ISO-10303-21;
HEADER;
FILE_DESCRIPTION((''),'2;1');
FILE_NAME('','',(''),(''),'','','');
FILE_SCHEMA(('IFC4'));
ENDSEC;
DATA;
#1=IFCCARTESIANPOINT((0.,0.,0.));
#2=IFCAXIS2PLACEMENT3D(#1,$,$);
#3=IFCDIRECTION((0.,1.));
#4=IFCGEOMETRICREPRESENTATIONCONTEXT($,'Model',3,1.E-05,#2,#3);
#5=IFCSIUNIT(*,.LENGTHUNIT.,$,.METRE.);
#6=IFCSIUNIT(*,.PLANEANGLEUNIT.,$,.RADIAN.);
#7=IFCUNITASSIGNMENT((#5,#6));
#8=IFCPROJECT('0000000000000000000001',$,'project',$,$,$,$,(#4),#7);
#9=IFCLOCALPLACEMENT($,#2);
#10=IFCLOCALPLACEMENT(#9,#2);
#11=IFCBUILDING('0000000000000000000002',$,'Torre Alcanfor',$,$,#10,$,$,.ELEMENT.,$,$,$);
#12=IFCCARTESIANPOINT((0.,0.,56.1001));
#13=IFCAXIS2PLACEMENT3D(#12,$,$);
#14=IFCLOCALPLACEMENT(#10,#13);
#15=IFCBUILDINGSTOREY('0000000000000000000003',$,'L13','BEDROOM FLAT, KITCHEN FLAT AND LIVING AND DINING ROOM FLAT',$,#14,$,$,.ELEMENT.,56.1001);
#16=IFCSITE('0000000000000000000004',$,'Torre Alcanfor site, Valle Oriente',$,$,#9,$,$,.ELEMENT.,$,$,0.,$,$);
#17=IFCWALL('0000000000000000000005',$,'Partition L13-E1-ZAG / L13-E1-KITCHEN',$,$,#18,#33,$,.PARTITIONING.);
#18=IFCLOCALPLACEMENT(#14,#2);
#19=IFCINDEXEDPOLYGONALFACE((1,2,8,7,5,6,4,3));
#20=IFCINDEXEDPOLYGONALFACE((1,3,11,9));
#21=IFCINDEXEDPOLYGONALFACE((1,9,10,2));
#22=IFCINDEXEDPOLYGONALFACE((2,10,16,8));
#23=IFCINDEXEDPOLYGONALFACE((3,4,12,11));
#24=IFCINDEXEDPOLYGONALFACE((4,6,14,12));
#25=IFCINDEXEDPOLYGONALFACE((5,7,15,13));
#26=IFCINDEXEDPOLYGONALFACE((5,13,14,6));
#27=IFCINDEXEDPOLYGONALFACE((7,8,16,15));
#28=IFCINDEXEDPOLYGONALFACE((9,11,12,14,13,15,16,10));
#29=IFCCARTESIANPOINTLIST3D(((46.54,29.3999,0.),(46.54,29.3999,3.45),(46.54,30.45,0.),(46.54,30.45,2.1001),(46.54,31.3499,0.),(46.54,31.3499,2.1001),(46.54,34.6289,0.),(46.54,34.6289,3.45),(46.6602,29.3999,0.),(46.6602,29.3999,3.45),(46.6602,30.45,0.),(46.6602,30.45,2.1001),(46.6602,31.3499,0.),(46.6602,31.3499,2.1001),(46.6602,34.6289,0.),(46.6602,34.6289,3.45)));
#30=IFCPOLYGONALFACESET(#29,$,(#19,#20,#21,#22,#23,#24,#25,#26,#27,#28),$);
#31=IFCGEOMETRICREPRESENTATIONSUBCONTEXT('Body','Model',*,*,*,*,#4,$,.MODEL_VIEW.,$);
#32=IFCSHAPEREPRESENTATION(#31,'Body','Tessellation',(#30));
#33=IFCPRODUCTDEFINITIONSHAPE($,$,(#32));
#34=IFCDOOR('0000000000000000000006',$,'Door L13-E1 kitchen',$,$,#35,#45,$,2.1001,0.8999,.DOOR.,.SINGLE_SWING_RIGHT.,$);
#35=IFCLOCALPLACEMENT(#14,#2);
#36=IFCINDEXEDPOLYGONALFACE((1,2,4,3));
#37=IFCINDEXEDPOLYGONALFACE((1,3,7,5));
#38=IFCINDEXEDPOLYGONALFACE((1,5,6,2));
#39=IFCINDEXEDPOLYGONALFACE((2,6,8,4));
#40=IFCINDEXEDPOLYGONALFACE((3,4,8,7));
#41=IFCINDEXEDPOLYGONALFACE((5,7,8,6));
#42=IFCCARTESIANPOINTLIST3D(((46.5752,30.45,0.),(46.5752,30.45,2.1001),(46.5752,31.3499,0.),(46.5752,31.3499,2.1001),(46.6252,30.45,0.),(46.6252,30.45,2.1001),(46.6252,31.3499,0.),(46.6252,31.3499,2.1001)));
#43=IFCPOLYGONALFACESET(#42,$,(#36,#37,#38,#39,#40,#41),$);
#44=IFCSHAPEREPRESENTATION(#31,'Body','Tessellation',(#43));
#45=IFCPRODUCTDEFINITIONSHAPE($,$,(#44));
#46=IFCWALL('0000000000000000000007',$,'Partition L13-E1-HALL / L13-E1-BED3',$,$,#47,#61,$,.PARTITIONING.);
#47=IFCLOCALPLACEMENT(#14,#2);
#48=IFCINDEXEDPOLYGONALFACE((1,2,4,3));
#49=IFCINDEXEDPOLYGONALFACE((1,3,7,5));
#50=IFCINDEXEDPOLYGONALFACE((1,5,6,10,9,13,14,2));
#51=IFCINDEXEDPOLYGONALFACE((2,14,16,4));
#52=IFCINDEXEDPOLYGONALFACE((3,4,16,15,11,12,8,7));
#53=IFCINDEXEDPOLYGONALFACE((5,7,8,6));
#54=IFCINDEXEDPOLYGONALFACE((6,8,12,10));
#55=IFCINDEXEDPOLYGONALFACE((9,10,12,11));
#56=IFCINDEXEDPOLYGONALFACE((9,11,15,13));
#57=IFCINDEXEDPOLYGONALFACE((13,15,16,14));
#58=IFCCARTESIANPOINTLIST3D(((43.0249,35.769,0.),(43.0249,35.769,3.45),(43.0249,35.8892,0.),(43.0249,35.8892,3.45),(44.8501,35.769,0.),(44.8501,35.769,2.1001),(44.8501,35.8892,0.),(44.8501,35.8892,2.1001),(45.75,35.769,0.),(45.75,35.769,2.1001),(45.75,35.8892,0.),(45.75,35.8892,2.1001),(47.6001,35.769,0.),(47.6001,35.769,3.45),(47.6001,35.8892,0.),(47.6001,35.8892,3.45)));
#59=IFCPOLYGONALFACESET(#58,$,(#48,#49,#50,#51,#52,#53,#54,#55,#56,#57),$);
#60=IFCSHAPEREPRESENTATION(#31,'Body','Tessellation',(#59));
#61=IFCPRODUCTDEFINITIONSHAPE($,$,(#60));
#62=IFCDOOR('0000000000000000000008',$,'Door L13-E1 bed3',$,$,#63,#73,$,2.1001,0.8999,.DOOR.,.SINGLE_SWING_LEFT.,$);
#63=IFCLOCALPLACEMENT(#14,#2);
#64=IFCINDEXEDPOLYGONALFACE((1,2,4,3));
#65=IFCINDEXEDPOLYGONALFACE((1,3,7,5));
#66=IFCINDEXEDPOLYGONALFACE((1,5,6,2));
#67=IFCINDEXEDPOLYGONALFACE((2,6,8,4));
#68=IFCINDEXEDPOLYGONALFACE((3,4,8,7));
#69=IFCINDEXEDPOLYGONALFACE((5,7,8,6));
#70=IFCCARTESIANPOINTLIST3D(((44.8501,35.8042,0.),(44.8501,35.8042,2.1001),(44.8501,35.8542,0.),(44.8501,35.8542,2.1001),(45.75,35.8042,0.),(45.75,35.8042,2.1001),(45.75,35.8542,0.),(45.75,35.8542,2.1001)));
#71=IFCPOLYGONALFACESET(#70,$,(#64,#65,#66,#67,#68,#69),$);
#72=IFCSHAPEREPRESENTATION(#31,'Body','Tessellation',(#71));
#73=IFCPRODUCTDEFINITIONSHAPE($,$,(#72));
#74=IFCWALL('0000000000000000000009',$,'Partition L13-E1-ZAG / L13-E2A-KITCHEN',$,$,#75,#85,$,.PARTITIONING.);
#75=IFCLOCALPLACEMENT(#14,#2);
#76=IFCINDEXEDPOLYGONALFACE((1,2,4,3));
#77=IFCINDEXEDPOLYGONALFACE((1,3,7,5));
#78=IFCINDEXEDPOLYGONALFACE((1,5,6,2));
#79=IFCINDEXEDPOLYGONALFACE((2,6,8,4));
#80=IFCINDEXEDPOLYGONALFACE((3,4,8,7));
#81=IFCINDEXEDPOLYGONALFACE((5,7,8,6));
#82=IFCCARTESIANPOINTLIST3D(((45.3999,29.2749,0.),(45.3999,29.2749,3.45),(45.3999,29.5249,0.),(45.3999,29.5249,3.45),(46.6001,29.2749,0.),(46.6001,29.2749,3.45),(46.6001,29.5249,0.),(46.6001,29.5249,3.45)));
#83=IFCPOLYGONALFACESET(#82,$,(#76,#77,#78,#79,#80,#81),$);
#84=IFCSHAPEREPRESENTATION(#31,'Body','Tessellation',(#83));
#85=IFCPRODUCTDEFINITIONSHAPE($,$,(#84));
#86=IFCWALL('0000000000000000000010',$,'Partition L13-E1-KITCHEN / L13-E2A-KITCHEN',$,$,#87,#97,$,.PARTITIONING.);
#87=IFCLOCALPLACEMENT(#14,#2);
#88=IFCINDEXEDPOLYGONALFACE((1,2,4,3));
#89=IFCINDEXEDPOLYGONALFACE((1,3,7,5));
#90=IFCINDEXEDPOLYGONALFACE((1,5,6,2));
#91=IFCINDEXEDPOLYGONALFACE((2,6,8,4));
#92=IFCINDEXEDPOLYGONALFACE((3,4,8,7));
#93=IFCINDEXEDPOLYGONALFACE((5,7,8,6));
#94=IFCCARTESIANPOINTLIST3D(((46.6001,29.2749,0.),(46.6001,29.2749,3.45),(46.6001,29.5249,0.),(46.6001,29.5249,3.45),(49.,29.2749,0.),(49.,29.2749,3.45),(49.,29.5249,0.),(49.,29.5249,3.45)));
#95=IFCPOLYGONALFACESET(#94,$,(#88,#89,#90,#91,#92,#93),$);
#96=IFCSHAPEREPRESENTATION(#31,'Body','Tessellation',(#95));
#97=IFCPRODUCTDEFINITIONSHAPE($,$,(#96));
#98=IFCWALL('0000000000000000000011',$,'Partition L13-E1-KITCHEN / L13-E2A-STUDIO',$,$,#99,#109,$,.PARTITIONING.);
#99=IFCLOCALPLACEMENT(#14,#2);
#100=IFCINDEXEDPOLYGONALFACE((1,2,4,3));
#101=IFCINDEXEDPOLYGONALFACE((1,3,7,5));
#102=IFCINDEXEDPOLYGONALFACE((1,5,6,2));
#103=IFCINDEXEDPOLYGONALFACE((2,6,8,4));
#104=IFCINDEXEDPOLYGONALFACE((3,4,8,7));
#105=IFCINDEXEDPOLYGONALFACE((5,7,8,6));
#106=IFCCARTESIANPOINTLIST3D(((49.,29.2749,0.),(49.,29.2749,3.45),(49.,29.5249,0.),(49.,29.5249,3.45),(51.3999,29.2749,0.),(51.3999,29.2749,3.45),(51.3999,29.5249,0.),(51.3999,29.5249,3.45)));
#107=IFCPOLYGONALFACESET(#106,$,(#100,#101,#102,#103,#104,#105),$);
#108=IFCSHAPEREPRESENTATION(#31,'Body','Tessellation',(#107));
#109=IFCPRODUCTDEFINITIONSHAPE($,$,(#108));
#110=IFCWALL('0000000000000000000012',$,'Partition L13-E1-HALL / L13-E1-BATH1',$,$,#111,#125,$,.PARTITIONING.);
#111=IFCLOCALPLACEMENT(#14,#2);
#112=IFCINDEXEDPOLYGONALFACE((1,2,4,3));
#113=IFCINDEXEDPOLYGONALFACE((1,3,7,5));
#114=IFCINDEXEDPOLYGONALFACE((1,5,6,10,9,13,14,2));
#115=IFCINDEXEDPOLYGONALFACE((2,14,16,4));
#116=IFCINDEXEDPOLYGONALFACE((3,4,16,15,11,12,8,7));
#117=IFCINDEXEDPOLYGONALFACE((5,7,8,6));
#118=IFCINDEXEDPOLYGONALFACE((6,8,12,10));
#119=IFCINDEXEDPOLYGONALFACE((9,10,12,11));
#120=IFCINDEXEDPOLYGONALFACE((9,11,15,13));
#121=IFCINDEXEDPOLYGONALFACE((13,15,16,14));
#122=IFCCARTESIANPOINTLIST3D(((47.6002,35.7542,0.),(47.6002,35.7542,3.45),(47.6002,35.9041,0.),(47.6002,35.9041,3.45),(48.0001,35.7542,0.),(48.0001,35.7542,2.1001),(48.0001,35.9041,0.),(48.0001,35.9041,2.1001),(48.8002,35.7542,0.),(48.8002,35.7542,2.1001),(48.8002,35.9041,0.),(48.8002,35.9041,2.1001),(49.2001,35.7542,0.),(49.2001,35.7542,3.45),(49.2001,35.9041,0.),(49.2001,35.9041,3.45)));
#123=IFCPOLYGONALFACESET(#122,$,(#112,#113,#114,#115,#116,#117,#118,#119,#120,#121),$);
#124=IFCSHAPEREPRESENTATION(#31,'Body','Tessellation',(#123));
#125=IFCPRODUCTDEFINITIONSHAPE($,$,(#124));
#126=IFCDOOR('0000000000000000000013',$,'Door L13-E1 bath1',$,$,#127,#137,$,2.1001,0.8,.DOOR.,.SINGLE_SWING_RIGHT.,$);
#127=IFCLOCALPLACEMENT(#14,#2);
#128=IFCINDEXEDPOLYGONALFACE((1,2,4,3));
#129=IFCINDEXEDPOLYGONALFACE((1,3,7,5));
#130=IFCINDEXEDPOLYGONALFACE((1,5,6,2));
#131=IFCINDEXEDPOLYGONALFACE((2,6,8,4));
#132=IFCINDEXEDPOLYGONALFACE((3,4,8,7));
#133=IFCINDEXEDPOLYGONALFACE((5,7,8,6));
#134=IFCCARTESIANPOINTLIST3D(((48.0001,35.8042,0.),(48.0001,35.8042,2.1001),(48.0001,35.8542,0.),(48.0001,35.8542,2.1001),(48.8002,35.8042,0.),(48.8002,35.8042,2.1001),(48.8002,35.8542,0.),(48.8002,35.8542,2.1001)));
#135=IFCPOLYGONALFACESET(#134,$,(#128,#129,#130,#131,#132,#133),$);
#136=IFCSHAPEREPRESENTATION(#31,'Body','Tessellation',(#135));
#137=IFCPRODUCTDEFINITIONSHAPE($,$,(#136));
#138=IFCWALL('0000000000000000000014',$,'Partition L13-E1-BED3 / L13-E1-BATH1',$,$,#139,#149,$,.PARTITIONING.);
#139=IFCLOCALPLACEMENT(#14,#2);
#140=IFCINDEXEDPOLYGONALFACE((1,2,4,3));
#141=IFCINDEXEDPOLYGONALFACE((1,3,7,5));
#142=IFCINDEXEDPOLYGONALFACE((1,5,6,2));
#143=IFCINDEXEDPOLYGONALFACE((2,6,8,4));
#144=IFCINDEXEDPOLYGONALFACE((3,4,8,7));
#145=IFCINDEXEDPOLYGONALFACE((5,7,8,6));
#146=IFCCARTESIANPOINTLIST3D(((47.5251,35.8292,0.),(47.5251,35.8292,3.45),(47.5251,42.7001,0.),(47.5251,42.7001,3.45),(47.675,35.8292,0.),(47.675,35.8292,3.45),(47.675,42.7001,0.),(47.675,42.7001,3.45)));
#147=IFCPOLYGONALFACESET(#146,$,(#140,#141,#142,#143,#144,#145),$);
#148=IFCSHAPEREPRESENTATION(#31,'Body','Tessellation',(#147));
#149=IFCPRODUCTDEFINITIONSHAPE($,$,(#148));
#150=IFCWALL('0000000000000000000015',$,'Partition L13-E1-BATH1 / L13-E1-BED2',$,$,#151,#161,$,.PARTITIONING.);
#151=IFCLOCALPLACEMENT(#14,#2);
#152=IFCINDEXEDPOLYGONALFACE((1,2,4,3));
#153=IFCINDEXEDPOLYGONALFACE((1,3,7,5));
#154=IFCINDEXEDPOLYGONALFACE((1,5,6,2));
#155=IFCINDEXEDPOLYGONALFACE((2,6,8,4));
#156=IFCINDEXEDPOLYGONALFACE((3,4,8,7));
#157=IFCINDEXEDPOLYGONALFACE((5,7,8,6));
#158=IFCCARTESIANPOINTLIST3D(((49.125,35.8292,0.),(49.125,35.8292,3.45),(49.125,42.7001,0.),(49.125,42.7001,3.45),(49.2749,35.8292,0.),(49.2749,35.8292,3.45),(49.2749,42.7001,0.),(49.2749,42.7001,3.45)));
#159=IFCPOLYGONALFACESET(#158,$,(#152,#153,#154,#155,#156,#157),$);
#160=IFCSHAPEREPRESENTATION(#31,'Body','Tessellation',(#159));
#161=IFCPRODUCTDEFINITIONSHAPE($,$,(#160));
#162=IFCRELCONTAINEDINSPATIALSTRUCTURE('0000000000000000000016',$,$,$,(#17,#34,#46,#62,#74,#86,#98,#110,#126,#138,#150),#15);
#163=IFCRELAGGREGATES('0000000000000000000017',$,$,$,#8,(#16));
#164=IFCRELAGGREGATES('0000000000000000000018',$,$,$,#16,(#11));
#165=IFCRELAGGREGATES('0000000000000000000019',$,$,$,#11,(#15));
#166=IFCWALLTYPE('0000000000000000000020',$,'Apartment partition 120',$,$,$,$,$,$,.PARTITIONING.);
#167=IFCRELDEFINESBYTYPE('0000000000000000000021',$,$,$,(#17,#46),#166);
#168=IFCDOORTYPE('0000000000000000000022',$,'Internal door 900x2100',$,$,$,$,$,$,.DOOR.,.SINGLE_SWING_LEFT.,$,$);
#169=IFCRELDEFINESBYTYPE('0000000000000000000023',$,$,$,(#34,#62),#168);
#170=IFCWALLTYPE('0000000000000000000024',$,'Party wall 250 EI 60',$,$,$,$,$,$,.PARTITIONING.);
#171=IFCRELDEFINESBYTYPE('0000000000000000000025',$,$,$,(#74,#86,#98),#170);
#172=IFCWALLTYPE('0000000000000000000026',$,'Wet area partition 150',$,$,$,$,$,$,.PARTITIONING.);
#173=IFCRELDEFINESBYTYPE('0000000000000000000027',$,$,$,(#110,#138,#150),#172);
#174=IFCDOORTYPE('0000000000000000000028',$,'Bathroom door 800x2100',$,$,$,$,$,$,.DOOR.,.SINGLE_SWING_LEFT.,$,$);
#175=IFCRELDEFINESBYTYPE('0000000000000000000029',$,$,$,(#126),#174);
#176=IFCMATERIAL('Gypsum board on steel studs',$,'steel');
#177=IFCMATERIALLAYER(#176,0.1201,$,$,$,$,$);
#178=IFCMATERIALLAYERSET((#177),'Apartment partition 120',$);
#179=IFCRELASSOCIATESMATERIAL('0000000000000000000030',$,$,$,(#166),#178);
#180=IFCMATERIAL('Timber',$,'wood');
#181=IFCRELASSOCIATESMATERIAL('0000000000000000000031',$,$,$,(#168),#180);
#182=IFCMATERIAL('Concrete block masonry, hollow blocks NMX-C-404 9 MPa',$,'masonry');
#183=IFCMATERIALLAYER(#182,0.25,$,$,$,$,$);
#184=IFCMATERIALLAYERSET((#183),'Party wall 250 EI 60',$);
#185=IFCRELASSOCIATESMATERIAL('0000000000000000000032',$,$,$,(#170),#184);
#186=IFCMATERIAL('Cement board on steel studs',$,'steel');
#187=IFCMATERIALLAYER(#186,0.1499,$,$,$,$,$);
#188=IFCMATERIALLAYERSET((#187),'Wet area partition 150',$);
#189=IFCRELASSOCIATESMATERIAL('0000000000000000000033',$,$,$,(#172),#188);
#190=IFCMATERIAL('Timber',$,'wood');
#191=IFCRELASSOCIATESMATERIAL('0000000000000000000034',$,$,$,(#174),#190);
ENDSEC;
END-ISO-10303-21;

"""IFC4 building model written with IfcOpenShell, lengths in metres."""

from ifc_helpers import new_model, si_unit, direction, frame, frame_2d, origin, place, context, subcontext, project, spatial, rectangle, extrude, material, layer, layer_set, type_object, element, fill, save


model = new_model("IFC4")

# Units and contexts
model_context = context("Model", 3, precision=1e-05, world=origin(), true_north=direction((0.0, 1.0)))
body_context = subcontext(model_context, "Body", "Model", "MODEL_VIEW")
ifc_project = project(units=[si_unit("LENGTHUNIT", "METRE"), si_unit("PLANEANGLEUNIT", "RADIAN")], contexts=[model_context])

# Site, building, storey
site_placement = place(None, origin())
site = spatial("IfcSite", under=ifc_project, at=site_placement, Name="Torre Alcanfor site, Valle Oriente", CompositionType="ELEMENT", RefElevation=0.0)
building_placement = place(site_placement, origin())
building = spatial("IfcBuilding", under=site, at=building_placement, Name="Torre Alcanfor", CompositionType="ELEMENT")
storey_placement = place(building_placement, frame((0.0, 0.0, 56.1001)))
storey = spatial("IfcBuildingStorey", under=building, at=storey_placement, Name="L13", Description="BEDROOM FLAT, KITCHEN FLAT AND LIVING AND DINING ROOM FLAT", CompositionType="ELEMENT", Elevation=56.1001)

# Walls, openings, doors
ifc_material_1 = material(Name="Gypsum board on steel studs", Category="steel")
ifc_layer_1 = layer(ifc_material_1, 0.1201)
ifc_layer_set_1 = layer_set([ifc_layer_1], Name="Apartment partition 120")
wall_type_1 = type_object("IfcWallType", Name="Apartment partition 120", PredefinedType="PARTITIONING", material=ifc_layer_set_1)
wall_1_placement = place(storey_placement, frame((46.6001, 29.3999, 0.0), z_axis=(0.0, 0.0, 1.0), x_axis=(0.0, 1.0, 0.0)))
wall_1 = element("IfcWall", 1, at=wall_1_placement, inside=storey, type_object=wall_type_1, Name="Partition L13-E1-ZAG / L13-E1-KITCHEN", PredefinedType="PARTITIONING", context=body_context, shape_type="SweptSolid", body=[
    extrude(rectangle(XDim=5.229, YDim=0.1201, at=frame_2d((2.6145, 0.0))), origin(), (0.0, 0.0, 1.0), 3.45),
])
opening_1_placement = place(wall_1_placement, frame((1.05, 0.0, 0.0)))
opening_1 = element("IfcOpeningElement", 2, at=opening_1_placement, cuts=wall_1, PredefinedType="OPENING", context=body_context, shape_type="SweptSolid", body=[
    extrude(rectangle(XDim=0.8999, YDim=2.1001, at=frame_2d((0.45, 1.05))), frame((0.0, 0.0701, 0.0), z_axis=(0.0, -1.0, 0.0), x_axis=(1.0, 0.0, 0.0)), (0.0, 0.0, 1.0), 0.1401),
])
ifc_material_2 = material(Name="Timber", Category="wood")
door_type_1 = type_object("IfcDoorType", Name="Internal door 900x2100", OperationType="SINGLE_SWING_LEFT", PredefinedType="DOOR", material=ifc_material_2)
door_1_placement = place(opening_1_placement, frame((0.8999, 0.0, 0.0), z_axis=(0.0, 0.0, 1.0), x_axis=(-1.0, 0.0, 0.0)))
door_1 = element("IfcDoor", 3, at=door_1_placement, inside=storey, type_object=door_type_1, Name="Door L13-E1 kitchen", OperationType="SINGLE_SWING_RIGHT", OverallHeight=2.1001, OverallWidth=0.8999, PredefinedType="DOOR", context=body_context, shape_type="SweptSolid", body=[
    extrude(rectangle(XDim=0.8999, YDim=2.1001, at=frame_2d((0.45, 1.05))), frame((0.0, 0.0251, 0.0), z_axis=(0.0, -1.0, 0.0), x_axis=(1.0, 0.0, 0.0)), (0.0, 0.0, 1.0), 0.05),
])
fill(opening_1, door_1)
wall_2_placement = place(storey_placement, frame((47.6001, 35.8291, 0.0), z_axis=(0.0, 0.0, 1.0), x_axis=(-1.0, 0.0, 0.0)))
wall_2 = element("IfcWall", 4, at=wall_2_placement, inside=storey, type_object=wall_type_1, Name="Partition L13-E1-HALL / L13-E1-BED3", PredefinedType="PARTITIONING", context=body_context, shape_type="SweptSolid", body=[
    extrude(rectangle(XDim=4.5752, YDim=0.1201, at=frame_2d((2.2876, 0.0))), origin(), (0.0, 0.0, 1.0), 3.45),
])
opening_2_placement = place(wall_2_placement, frame((1.8501, 0.0, 0.0)))
opening_2 = element("IfcOpeningElement", 5, at=opening_2_placement, cuts=wall_2, PredefinedType="OPENING", context=body_context, shape_type="SweptSolid", body=[
    extrude(rectangle(XDim=0.8999, YDim=2.1001, at=frame_2d((0.45, 1.05))), frame((0.0, 0.0701, 0.0), z_axis=(0.0, -1.0, 0.0), x_axis=(1.0, 0.0, 0.0)), (0.0, 0.0, 1.0), 0.1401),
])
door_2_placement = place(opening_2_placement, frame((0.8999, 0.0, 0.0), z_axis=(0.0, 0.0, 1.0), x_axis=(-1.0, 0.0, 0.0)))
door_2 = element("IfcDoor", 6, at=door_2_placement, inside=storey, type_object=door_type_1, Name="Door L13-E1 bed3", OperationType="SINGLE_SWING_LEFT", OverallHeight=2.1001, OverallWidth=0.8999, PredefinedType="DOOR", context=body_context, shape_type="SweptSolid", body=[
    extrude(rectangle(XDim=0.8999, YDim=2.1001, at=frame_2d((0.45, 1.05))), frame((0.0, 0.0251, 0.0), z_axis=(0.0, -1.0, 0.0), x_axis=(1.0, 0.0, 0.0)), (0.0, 0.0, 1.0), 0.05),
])
fill(opening_2, door_2)

# Walls
ifc_material_3 = material(Name="Concrete block masonry, hollow blocks NMX-C-404 9 MPa", Category="masonry")
ifc_layer_2 = layer(ifc_material_3, 0.25)
ifc_layer_set_2 = layer_set([ifc_layer_2], Name="Party wall 250 EI 60")
wall_type_2 = type_object("IfcWallType", Name="Party wall 250 EI 60", PredefinedType="PARTITIONING", material=ifc_layer_set_2)
wall_3_placement = place(storey_placement, frame((45.3999, 29.3999, 0.0), z_axis=(0.0, 0.0, 1.0), x_axis=(1.0, 0.0, 0.0)))
element("IfcWall", 7, at=wall_3_placement, inside=storey, type_object=wall_type_2, Name="Partition L13-E1-ZAG / L13-E2A-KITCHEN", PredefinedType="PARTITIONING", context=body_context, shape_type="SweptSolid", body=[
    extrude(rectangle(XDim=1.2002, YDim=0.25, at=frame_2d((0.6001, 0.0))), origin(), (0.0, 0.0, 1.0), 3.45),
])
for number, where, z_axis, x_axis, name in (
    (8, (46.6001, 29.3999, 0.0), (0.0, 0.0, 1.0), (1.0, 0.0, 0.0), "Partition L13-E1-KITCHEN / L13-E2A-KITCHEN"),
    (9, (49.0, 29.3999, 0.0), (0.0, 0.0, 1.0), (1.0, 0.0, 0.0), "Partition L13-E1-KITCHEN / L13-E2A-STUDIO"),
):
    element("IfcWall", number, at=place(storey_placement, frame(where, z_axis=z_axis, x_axis=x_axis)), inside=storey, type_object=wall_type_2, Name=name, PredefinedType="PARTITIONING", context=body_context, shape_type="SweptSolid", body=[
        extrude(rectangle(XDim=2.3999, YDim=0.25, at=frame_2d((1.2, 0.0))), origin(), (0.0, 0.0, 1.0), 3.45),
    ])

# Wall, opening, door
ifc_material_4 = material(Name="Cement board on steel studs", Category="steel")
ifc_layer_3 = layer(ifc_material_4, 0.1499)
ifc_layer_set_3 = layer_set([ifc_layer_3], Name="Wet area partition 150")
wall_type_3 = type_object("IfcWallType", Name="Wet area partition 150", PredefinedType="PARTITIONING", material=ifc_layer_set_3)
wall_4_placement = place(storey_placement, frame((49.2, 35.8291, 0.0), z_axis=(0.0, 0.0, 1.0), x_axis=(-1.0, 0.0, 0.0)))
wall_4 = element("IfcWall", 10, at=wall_4_placement, inside=storey, type_object=wall_type_3, Name="Partition L13-E1-HALL / L13-E1-BATH1", PredefinedType="PARTITIONING", context=body_context, shape_type="SweptSolid", body=[
    extrude(rectangle(XDim=1.5999, YDim=0.1499, at=frame_2d((0.7998, 0.0))), origin(), (0.0, 0.0, 1.0), 3.45),
])
opening_3_placement = place(wall_4_placement, frame((0.3999, 0.0, 0.0)))
opening_3 = element("IfcOpeningElement", 11, at=opening_3_placement, cuts=wall_4, PredefinedType="OPENING", context=body_context, shape_type="SweptSolid", body=[
    extrude(rectangle(XDim=0.8, YDim=2.1001, at=frame_2d((0.3999, 1.05))), frame((0.0, 0.085, 0.0), z_axis=(0.0, -1.0, 0.0), x_axis=(1.0, 0.0, 0.0)), (0.0, 0.0, 1.0), 0.1699),
])
ifc_material_5 = material(Name="Timber", Category="wood")
door_type_2 = type_object("IfcDoorType", Name="Bathroom door 800x2100", OperationType="SINGLE_SWING_LEFT", PredefinedType="DOOR", material=ifc_material_5)
door_3_placement = place(opening_3_placement, frame((0.8, 0.0, 0.0), z_axis=(0.0, 0.0, 1.0), x_axis=(-1.0, 0.0, 0.0)))
door_3 = element("IfcDoor", 12, at=door_3_placement, inside=storey, type_object=door_type_2, Name="Door L13-E1 bath1", OperationType="SINGLE_SWING_RIGHT", OverallHeight=2.1001, OverallWidth=0.8, PredefinedType="DOOR", context=body_context, shape_type="SweptSolid", body=[
    extrude(rectangle(XDim=0.8, YDim=2.1001, at=frame_2d((0.4001, 1.05))), frame((0.0, 0.0251, 0.0), z_axis=(0.0, -1.0, 0.0), x_axis=(1.0, 0.0, 0.0)), (0.0, 0.0, 1.0), 0.05),
])
fill(opening_3, door_3)

# Walls
for number, where, z_axis, x_axis, name in (
    (13, (47.6001, 35.8291, 0.0), (0.0, 0.0, 1.0), (0.0, 1.0, 0.0), "Partition L13-E1-BED3 / L13-E1-BATH1"),
    (14, (49.2, 35.8291, 0.0), (0.0, 0.0, 1.0), (0.0, 1.0, 0.0), "Partition L13-E1-BATH1 / L13-E1-BED2"),
):
    element("IfcWall", number, at=place(storey_placement, frame(where, z_axis=z_axis, x_axis=x_axis)), inside=storey, type_object=wall_type_3, Name=name, PredefinedType="PARTITIONING", context=body_context, shape_type="SweptSolid", body=[
        extrude(rectangle(XDim=6.8708, YDim=0.1499, at=frame_2d((3.4355, 0.0))), origin(), (0.0, 0.0, 1.0), 3.45),
    ])

save(model, "model.ifc")
